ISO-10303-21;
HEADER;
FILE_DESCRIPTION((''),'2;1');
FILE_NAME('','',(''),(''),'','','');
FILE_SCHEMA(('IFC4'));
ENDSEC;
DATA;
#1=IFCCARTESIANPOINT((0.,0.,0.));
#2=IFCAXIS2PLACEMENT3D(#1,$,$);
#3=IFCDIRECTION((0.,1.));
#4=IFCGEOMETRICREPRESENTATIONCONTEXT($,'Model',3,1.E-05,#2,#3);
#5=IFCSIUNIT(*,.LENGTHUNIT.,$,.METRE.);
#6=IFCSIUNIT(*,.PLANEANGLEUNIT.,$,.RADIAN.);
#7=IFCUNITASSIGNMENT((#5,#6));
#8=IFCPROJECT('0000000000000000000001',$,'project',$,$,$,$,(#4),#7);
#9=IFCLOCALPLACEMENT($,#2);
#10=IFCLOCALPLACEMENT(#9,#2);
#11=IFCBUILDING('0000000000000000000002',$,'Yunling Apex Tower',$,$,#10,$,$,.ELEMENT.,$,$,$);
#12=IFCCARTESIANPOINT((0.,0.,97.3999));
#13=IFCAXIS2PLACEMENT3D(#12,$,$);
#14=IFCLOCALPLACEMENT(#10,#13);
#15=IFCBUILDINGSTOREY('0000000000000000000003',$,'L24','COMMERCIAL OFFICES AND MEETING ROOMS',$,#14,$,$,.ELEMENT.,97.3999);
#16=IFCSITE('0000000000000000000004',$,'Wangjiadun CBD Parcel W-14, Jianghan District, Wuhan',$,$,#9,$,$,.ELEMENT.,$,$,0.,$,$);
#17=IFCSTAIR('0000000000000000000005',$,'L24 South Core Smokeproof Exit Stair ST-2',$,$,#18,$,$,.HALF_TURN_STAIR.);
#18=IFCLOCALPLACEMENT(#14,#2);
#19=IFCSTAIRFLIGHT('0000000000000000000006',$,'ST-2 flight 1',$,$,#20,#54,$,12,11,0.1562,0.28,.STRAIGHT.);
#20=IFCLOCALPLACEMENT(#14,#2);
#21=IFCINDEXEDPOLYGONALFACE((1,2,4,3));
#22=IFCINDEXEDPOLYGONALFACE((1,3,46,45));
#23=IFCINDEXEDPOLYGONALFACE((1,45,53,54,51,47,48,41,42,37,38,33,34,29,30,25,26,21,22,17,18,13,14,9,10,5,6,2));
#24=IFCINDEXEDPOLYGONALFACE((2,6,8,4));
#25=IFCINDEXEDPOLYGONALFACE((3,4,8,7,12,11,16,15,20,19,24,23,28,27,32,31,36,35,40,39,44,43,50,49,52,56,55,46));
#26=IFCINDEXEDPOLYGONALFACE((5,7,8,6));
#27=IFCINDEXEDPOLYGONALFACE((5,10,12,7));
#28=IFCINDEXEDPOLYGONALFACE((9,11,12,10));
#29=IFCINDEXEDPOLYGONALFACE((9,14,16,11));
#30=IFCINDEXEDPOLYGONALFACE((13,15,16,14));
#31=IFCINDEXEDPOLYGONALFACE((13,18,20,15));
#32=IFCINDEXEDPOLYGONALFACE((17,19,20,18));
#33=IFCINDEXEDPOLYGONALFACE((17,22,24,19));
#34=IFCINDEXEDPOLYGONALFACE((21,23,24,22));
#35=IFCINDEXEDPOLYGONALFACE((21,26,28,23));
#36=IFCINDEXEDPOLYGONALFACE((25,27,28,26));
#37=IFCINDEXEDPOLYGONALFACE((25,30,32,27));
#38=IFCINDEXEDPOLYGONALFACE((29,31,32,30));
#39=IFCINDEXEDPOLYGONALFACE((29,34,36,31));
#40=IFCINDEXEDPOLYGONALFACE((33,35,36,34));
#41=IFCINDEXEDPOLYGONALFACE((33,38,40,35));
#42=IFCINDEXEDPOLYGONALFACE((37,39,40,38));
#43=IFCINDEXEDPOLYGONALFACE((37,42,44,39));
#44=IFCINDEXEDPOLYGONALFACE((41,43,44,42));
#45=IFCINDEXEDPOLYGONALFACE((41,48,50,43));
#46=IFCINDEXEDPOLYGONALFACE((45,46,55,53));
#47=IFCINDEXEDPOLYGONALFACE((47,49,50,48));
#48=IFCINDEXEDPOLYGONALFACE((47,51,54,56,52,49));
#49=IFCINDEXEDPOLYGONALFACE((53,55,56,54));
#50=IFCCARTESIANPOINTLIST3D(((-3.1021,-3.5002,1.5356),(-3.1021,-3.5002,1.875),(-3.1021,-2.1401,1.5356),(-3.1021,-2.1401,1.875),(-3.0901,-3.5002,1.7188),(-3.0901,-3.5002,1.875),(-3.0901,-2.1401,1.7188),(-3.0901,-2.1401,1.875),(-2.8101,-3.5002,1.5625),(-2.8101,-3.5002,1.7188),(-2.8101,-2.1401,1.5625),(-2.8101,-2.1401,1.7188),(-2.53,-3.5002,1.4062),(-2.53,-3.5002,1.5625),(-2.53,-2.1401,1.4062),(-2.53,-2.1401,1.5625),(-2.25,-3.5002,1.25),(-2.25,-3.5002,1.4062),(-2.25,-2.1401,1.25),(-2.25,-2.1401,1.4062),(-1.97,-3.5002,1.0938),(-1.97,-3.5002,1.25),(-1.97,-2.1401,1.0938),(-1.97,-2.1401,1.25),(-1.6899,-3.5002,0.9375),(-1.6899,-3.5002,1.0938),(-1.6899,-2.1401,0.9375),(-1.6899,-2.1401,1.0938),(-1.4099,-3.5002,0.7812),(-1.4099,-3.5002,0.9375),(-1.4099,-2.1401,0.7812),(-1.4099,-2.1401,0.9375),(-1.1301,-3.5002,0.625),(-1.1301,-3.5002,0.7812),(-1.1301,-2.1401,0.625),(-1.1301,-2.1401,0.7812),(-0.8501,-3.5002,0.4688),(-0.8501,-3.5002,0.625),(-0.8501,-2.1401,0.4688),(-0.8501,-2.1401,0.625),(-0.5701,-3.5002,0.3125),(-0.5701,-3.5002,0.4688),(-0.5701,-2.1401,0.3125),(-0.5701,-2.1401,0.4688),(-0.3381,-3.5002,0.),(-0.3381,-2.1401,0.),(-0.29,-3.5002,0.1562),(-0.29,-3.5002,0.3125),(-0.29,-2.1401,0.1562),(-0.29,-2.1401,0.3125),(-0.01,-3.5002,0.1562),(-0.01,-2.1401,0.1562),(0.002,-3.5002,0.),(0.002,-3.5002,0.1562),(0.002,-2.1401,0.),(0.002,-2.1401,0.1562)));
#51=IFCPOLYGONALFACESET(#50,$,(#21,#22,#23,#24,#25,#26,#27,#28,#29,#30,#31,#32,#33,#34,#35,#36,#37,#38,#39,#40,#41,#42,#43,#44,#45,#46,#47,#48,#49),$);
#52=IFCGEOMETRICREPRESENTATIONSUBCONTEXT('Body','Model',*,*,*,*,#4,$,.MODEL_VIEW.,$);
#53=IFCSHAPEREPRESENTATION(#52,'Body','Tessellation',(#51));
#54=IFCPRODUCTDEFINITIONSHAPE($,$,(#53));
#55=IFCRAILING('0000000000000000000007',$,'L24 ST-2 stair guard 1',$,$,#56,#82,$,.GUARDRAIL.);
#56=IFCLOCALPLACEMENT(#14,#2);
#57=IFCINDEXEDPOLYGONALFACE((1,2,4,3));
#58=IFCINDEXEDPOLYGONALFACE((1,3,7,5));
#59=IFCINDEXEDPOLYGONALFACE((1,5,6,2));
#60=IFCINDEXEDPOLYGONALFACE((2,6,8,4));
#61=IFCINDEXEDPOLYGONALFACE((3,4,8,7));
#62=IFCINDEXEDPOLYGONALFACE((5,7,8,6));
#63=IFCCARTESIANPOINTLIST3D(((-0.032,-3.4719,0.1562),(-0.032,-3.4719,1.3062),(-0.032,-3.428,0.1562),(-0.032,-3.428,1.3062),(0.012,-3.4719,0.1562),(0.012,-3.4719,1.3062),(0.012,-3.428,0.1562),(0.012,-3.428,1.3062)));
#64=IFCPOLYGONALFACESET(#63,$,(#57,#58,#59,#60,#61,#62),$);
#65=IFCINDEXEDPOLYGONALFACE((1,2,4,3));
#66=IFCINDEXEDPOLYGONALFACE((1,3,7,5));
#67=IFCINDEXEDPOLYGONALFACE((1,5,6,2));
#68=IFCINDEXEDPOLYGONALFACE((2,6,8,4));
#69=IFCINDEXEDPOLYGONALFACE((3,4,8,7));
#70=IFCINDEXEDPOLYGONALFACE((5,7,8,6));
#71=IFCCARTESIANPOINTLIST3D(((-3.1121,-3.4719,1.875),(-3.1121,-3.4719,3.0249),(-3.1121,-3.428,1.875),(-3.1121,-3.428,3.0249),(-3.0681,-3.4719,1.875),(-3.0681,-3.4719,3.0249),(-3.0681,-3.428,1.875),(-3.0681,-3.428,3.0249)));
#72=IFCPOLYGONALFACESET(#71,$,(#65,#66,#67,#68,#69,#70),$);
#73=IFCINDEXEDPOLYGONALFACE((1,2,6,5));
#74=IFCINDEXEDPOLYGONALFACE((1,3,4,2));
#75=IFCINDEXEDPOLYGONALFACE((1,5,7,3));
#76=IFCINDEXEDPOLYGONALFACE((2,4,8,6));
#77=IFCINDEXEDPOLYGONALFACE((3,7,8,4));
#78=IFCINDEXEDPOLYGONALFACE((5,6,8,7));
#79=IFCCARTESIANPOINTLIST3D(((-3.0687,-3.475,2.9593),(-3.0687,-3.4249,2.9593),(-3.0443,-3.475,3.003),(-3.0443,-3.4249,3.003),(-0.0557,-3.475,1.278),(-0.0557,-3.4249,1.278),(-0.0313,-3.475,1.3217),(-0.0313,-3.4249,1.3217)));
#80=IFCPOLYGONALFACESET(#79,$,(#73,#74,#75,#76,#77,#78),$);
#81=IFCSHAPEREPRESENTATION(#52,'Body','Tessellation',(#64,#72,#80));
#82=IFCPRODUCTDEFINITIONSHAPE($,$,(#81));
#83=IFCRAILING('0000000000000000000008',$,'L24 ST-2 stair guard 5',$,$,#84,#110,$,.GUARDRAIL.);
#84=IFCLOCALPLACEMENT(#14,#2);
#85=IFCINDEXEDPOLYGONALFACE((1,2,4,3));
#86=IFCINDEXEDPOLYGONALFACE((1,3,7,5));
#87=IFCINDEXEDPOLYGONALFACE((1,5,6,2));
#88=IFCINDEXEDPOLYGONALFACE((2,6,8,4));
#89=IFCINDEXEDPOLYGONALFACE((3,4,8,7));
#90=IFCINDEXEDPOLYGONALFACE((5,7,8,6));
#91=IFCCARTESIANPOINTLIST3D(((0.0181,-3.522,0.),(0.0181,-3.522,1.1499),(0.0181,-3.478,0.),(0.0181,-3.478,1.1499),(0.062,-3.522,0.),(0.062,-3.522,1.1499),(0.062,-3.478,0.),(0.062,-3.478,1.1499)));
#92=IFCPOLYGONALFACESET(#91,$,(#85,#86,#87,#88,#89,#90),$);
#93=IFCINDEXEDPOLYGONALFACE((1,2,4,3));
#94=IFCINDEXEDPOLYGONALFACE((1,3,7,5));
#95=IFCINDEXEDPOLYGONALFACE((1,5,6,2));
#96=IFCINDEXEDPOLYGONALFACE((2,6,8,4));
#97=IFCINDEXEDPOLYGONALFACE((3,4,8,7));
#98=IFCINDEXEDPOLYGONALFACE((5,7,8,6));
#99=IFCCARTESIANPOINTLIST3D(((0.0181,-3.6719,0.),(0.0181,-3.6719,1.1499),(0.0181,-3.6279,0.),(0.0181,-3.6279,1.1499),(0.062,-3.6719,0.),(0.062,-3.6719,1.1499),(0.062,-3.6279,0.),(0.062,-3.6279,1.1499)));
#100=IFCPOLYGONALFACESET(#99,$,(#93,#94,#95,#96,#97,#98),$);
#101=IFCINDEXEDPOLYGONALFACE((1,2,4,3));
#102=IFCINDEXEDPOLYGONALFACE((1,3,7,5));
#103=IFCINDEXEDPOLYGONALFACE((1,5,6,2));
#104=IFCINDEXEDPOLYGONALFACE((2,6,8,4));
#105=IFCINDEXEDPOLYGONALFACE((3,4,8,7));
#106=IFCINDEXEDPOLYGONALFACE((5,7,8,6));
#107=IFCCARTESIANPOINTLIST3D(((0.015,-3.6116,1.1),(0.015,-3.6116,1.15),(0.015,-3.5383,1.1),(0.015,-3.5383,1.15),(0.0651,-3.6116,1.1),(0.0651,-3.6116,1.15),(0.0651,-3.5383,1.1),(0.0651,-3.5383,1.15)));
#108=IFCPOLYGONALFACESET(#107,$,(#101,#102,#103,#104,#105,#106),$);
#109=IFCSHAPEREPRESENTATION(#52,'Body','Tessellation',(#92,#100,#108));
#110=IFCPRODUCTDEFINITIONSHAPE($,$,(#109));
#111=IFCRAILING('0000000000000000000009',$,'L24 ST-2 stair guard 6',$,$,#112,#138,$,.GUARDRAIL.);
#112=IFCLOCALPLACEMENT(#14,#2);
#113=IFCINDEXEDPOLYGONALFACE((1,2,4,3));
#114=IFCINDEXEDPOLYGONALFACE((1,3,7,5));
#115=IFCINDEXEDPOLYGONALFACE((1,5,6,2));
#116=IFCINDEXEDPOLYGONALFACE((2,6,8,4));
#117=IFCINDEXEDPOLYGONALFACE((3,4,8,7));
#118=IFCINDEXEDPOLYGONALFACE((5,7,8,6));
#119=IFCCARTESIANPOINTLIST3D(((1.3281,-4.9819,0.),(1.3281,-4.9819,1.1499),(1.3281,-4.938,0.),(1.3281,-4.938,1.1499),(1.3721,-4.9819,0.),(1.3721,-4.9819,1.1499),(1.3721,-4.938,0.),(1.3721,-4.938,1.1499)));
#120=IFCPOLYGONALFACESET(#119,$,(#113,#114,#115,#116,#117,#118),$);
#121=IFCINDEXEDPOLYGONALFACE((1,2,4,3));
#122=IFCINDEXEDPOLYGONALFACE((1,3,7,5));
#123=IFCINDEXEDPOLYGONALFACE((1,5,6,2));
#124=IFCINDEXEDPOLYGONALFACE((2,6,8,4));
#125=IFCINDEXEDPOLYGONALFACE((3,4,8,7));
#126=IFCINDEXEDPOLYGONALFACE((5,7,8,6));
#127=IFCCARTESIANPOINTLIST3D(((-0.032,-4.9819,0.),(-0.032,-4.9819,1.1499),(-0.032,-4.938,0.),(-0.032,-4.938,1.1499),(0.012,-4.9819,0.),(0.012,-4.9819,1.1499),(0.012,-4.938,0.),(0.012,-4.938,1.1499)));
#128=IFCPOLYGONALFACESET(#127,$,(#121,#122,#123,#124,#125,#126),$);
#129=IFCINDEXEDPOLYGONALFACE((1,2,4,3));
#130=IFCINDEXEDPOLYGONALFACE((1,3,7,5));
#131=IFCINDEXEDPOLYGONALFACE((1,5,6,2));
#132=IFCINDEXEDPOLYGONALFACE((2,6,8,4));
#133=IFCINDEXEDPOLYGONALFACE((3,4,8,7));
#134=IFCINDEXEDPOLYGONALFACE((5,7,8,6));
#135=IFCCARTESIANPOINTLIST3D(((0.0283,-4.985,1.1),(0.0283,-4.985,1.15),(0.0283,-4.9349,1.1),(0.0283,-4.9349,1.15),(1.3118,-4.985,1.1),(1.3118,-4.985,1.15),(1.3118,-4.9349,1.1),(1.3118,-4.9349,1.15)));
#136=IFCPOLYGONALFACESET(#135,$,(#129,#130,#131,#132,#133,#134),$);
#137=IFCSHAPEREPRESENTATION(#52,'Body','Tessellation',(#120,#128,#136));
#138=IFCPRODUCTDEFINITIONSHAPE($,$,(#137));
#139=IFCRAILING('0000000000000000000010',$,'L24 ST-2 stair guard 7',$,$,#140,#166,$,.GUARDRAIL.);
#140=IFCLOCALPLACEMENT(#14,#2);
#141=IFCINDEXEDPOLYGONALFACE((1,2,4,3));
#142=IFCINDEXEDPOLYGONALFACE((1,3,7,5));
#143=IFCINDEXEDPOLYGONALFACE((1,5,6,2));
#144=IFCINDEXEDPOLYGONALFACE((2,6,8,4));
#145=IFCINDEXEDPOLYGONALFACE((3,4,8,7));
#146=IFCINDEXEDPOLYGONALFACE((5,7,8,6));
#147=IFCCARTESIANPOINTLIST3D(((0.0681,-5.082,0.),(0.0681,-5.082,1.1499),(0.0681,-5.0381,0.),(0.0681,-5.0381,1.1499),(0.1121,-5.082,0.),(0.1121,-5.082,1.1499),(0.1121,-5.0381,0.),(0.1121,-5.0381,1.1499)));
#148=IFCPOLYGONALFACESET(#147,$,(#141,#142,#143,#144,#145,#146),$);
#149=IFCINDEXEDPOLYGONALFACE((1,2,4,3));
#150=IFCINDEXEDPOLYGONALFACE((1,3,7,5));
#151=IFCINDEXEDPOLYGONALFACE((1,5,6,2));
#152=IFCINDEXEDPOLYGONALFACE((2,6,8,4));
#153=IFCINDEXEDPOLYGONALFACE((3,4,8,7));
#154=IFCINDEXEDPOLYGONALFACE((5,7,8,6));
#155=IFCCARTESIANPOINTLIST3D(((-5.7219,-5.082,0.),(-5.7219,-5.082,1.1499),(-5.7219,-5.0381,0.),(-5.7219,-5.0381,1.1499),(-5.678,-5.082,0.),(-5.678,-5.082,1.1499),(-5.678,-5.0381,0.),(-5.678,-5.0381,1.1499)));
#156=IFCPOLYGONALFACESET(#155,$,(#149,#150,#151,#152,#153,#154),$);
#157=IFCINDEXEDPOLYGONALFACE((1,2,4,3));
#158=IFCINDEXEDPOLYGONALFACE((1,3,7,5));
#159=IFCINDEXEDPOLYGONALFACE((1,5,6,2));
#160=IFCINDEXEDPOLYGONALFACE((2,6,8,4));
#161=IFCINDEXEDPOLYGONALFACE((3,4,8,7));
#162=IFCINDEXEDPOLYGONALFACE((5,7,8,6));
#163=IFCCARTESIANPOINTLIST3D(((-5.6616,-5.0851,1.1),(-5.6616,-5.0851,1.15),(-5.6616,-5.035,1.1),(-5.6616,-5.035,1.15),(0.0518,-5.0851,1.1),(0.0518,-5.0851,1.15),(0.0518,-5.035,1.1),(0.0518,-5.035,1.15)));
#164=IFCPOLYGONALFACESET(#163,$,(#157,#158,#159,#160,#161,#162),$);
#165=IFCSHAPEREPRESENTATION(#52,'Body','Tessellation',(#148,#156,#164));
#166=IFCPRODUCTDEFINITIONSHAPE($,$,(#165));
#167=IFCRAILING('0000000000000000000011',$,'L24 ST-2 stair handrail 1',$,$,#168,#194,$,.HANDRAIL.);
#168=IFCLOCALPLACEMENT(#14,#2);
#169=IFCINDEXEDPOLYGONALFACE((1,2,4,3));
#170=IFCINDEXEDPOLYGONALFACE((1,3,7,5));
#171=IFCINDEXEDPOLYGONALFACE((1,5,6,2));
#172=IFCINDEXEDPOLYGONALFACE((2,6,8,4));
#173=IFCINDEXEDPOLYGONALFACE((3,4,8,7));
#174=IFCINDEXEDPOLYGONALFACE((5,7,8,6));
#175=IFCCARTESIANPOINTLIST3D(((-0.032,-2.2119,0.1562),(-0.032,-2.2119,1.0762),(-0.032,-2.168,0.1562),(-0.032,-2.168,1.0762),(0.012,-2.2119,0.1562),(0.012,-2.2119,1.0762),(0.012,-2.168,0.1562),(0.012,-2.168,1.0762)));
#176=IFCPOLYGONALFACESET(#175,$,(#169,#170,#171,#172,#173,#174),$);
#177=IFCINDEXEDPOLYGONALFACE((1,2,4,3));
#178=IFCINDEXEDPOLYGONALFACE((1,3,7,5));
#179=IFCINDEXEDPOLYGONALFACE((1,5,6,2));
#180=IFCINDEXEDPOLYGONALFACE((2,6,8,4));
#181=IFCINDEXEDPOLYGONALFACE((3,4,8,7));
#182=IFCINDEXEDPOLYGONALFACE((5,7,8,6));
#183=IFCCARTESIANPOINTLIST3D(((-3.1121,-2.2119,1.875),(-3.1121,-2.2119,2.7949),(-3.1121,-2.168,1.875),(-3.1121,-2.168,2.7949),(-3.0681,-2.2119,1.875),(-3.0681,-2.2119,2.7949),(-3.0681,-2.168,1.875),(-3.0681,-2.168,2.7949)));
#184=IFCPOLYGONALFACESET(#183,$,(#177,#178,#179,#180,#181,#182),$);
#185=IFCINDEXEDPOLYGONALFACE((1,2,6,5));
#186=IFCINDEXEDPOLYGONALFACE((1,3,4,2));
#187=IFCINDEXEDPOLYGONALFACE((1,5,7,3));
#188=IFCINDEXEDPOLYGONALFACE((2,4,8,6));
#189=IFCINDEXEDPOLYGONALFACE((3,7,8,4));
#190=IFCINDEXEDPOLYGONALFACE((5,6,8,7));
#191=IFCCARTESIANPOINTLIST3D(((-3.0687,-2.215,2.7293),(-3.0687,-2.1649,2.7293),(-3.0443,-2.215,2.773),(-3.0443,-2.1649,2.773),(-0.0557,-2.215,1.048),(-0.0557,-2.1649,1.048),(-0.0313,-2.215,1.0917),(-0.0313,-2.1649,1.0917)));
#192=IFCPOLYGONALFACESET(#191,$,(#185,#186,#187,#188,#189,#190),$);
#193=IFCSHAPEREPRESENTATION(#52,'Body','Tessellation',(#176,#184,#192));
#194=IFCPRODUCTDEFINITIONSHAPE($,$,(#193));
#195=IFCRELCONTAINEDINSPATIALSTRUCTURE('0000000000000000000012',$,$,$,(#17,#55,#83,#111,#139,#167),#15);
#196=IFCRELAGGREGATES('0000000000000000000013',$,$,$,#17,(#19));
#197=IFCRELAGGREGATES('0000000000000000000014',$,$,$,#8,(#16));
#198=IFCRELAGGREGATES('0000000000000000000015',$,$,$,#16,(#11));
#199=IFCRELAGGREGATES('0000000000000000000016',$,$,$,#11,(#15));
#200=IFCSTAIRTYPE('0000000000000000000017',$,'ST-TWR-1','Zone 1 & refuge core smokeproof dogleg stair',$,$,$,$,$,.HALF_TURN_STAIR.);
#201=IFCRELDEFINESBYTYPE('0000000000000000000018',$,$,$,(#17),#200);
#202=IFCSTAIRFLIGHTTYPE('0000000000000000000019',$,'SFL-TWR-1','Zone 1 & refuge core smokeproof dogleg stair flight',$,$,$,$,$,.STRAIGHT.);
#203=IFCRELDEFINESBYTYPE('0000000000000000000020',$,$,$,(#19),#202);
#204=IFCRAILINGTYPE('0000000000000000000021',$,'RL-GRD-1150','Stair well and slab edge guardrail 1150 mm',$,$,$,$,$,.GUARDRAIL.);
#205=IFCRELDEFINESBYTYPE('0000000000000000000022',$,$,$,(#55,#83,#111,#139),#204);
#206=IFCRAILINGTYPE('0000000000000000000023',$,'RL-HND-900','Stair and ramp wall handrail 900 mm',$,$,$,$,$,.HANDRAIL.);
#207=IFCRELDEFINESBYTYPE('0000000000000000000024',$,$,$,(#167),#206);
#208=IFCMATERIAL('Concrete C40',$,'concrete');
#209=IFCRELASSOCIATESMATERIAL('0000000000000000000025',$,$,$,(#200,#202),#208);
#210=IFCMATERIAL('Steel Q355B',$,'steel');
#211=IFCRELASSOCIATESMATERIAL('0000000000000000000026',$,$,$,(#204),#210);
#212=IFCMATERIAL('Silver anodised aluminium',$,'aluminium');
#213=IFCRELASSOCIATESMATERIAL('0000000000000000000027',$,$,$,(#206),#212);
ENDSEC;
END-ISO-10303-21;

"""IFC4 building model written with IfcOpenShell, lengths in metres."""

from ifc_helpers import new_model, si_unit, direction, frame, origin, origin_2d, place, context, subcontext, project, spatial, polyline, rectangle, outline, extrude, material, type_object, element, aggregate, save


model = new_model("IFC4")

# Units and contexts
model_context = context("Model", 3, precision=1e-05, world=origin(), true_north=direction((0.0, 1.0)))
body_context = subcontext(model_context, "Body", "Model", "MODEL_VIEW")
ifc_project = project(units=[si_unit("LENGTHUNIT", "METRE"), si_unit("PLANEANGLEUNIT", "RADIAN")], contexts=[model_context])

# Site, building, storey
site_placement = place(None, origin())
site = spatial("IfcSite", under=ifc_project, at=site_placement, Name="Wangjiadun CBD Parcel W-14, Jianghan District, Wuhan", CompositionType="ELEMENT", RefElevation=0.0)
building_placement = place(site_placement, origin())
building = spatial("IfcBuilding", under=site, at=building_placement, Name="Yunling Apex Tower", CompositionType="ELEMENT")
storey_placement = place(building_placement, frame((0.0, 0.0, 97.3999)))
storey = spatial("IfcBuildingStorey", under=building, at=storey_placement, Name="L24", Description="COMMERCIAL OFFICES AND MEETING ROOMS", CompositionType="ELEMENT", Elevation=97.3999)

# Shared definitions
ifc_material_1 = material(Name="Concrete C40", Category="concrete")

# Shared definitions
ifc_material_2 = material(Name="Steel Q355B", Category="steel")

# Stair, stair flight
stair_type = type_object("IfcStairType", Name="ST-TWR-1", Description="Zone 1 & refuge core smokeproof dogleg stair", PredefinedType="HALF_TURN_STAIR", material=ifc_material_1)
stair_placement = place(storey_placement, origin())
stair = element("IfcStair", 1, at=stair_placement, inside=storey, type_object=stair_type, Name="L24 South Core Smokeproof Exit Stair ST-2", PredefinedType="HALF_TURN_STAIR")
stair_flight_type = type_object("IfcStairFlightType", Name="SFL-TWR-1", Description="Zone 1 & refuge core smokeproof dogleg stair flight", PredefinedType="STRAIGHT", material=ifc_material_1)
stair_flight_placement = place(storey_placement, frame((-0.01, -2.8201, 0.0), z_axis=(0.0, 0.0, 1.0), x_axis=(-1.0, 0.0, 0.0)))
stair_flight = element("IfcStairFlight", 2, at=stair_flight_placement, type_object=stair_flight_type, Name="ST-2 flight 1", NumberOfRisers=12, NumberOfTreads=11, PredefinedType="STRAIGHT", RiserHeight=0.1562, TreadLength=0.28, context=body_context, shape_type="SweptSolid", body=[
    extrude(outline(polyline([(-0.012, 0.0), (-0.012, 0.1562), (0.0, 0.1562), (0.28, 0.1562), (0.28, 0.3125), (0.5601, 0.3125), (0.5601, 0.4688), (0.8401, 0.4688), (0.8401, 0.625), (1.1201, 0.625), (1.1201, 0.7812), (1.3999, 0.7812), (1.3999, 0.9375), (1.6799, 0.9375), (1.6799, 1.0938), (1.96, 1.0938), (1.96, 1.25), (2.24, 1.25), (2.24, 1.4062), (2.52, 1.4062), (2.52, 1.5625), (2.8, 1.5625), (2.8, 1.7188), (3.0801, 1.7188), (3.0801, 1.875), (3.092, 1.875), (3.092, 1.5356), (0.3281, 0.0), (-0.012, 0.0)])), frame((0.0, 0.6802, 0.0), z_axis=(0.0, -1.0, 0.0), x_axis=(1.0, 0.0, 0.0)), (0.0, 0.0, 1.0), 1.3601),
])
aggregate(stair, [stair_flight])

# Railings
railing_type_1 = type_object("IfcRailingType", Name="RL-GRD-1150", Description="Stair well and slab edge guardrail 1150 mm", PredefinedType="GUARDRAIL", material=ifc_material_2)
railing_1_placement = place(storey_placement, frame((-0.01, -3.45, 0.1562)))
element("IfcRailing", 3, at=railing_1_placement, inside=storey, type_object=railing_type_1, Name="L24 ST-2 stair guard 1", PredefinedType="GUARDRAIL", context=body_context, shape_type="SweptSolid", body=[
    extrude(rectangle(XDim=0.0439, YDim=0.0439, at=origin_2d()), origin(), (0.0, 0.0, 1.0), 1.1499),
    extrude(rectangle(XDim=0.0439, YDim=0.0439, at=origin_2d()), frame((-3.0801, 0.0, 1.7188)), (0.0, 0.0, 1.0), 1.1499),
    extrude(rectangle(XDim=0.05, YDim=0.05, at=origin_2d()), frame((-0.0334, 0.0, 1.1436), z_axis=(-0.873242, 0.0, 0.487288), x_axis=(0.0, -1.0, 0.0)), (0.0, 0.0, 1.0), 3.4504),
])
railing_2_placement = place(storey_placement, frame((0.04, -3.5, 0.0)))
element("IfcRailing", 4, at=railing_2_placement, inside=storey, type_object=railing_type_1, Name="L24 ST-2 stair guard 5", PredefinedType="GUARDRAIL", context=body_context, shape_type="SweptSolid", body=[
    extrude(rectangle(XDim=0.0439, YDim=0.0439, at=origin_2d()), origin(), (0.0, 0.0, 1.0), 1.1499),
    extrude(rectangle(XDim=0.0439, YDim=0.0439, at=origin_2d()), frame((0.0, -0.1499, 0.0)), (0.0, 0.0, 1.0), 1.1499),
    extrude(rectangle(XDim=0.05, YDim=0.05, at=origin_2d()), frame((0.0, -0.0383, 1.125), z_axis=(0.0, -1.0, 0.0), x_axis=(1.0, 0.0, 0.0)), (0.0, 0.0, 1.0), 0.0732),
])
railing_3_placement = place(storey_placement, frame((1.3501, -4.96, 0.0)))
element("IfcRailing", 5, at=railing_3_placement, inside=storey, type_object=railing_type_1, Name="L24 ST-2 stair guard 6", PredefinedType="GUARDRAIL", context=body_context, shape_type="SweptSolid", body=[
    extrude(rectangle(XDim=0.0439, YDim=0.0439, at=origin_2d()), origin(), (0.0, 0.0, 1.0), 1.1499),
    extrude(rectangle(XDim=0.0439, YDim=0.0439, at=origin_2d()), frame((-1.3601, 0.0, 0.0)), (0.0, 0.0, 1.0), 1.1499),
    extrude(rectangle(XDim=0.05, YDim=0.05, at=origin_2d()), frame((-0.0383, 0.0, 1.125), z_axis=(-1.0, 0.0, 0.0), x_axis=(0.0, -1.0, 0.0)), (0.0, 0.0, 1.0), 1.2834),
])
railing_4_placement = place(storey_placement, frame((0.0901, -5.0601, 0.0)))
element("IfcRailing", 6, at=railing_4_placement, inside=storey, type_object=railing_type_1, Name="L24 ST-2 stair guard 7", PredefinedType="GUARDRAIL", context=body_context, shape_type="SweptSolid", body=[
    extrude(rectangle(XDim=0.0439, YDim=0.0439, at=origin_2d()), origin(), (0.0, 0.0, 1.0), 1.1499),
    extrude(rectangle(XDim=0.0439, YDim=0.0439, at=origin_2d()), frame((-5.79, 0.0, 0.0)), (0.0, 0.0, 1.0), 1.1499),
    extrude(rectangle(XDim=0.05, YDim=0.05, at=origin_2d()), frame((-0.0383, 0.0, 1.125), z_axis=(-1.0, 0.0, 0.0), x_axis=(0.0, -1.0, 0.0)), (0.0, 0.0, 1.0), 5.7134),
])
ifc_material_3 = material(Name="Silver anodised aluminium", Category="aluminium")
railing_type_2 = type_object("IfcRailingType", Name="RL-HND-900", Description="Stair and ramp wall handrail 900 mm", PredefinedType="HANDRAIL", material=ifc_material_3)
railing_5_placement = place(storey_placement, frame((-0.01, -2.1899, 0.1562)))
element("IfcRailing", 7, at=railing_5_placement, inside=storey, type_object=railing_type_2, Name="L24 ST-2 stair handrail 1", PredefinedType="HANDRAIL", context=body_context, shape_type="SweptSolid", body=[
    extrude(rectangle(XDim=0.0439, YDim=0.0439, at=origin_2d()), origin(), (0.0, 0.0, 1.0), 0.9199),
    extrude(rectangle(XDim=0.0439, YDim=0.0439, at=origin_2d()), frame((-3.0801, 0.0, 1.7188)), (0.0, 0.0, 1.0), 0.9199),
    extrude(rectangle(XDim=0.05, YDim=0.05, at=origin_2d()), frame((-0.0334, 0.0, 0.9136), z_axis=(-0.873242, 0.0, 0.487288), x_axis=(0.0, -1.0, 0.0)), (0.0, 0.0, 1.0), 3.4504),
])

save(model, "model.ifc")
